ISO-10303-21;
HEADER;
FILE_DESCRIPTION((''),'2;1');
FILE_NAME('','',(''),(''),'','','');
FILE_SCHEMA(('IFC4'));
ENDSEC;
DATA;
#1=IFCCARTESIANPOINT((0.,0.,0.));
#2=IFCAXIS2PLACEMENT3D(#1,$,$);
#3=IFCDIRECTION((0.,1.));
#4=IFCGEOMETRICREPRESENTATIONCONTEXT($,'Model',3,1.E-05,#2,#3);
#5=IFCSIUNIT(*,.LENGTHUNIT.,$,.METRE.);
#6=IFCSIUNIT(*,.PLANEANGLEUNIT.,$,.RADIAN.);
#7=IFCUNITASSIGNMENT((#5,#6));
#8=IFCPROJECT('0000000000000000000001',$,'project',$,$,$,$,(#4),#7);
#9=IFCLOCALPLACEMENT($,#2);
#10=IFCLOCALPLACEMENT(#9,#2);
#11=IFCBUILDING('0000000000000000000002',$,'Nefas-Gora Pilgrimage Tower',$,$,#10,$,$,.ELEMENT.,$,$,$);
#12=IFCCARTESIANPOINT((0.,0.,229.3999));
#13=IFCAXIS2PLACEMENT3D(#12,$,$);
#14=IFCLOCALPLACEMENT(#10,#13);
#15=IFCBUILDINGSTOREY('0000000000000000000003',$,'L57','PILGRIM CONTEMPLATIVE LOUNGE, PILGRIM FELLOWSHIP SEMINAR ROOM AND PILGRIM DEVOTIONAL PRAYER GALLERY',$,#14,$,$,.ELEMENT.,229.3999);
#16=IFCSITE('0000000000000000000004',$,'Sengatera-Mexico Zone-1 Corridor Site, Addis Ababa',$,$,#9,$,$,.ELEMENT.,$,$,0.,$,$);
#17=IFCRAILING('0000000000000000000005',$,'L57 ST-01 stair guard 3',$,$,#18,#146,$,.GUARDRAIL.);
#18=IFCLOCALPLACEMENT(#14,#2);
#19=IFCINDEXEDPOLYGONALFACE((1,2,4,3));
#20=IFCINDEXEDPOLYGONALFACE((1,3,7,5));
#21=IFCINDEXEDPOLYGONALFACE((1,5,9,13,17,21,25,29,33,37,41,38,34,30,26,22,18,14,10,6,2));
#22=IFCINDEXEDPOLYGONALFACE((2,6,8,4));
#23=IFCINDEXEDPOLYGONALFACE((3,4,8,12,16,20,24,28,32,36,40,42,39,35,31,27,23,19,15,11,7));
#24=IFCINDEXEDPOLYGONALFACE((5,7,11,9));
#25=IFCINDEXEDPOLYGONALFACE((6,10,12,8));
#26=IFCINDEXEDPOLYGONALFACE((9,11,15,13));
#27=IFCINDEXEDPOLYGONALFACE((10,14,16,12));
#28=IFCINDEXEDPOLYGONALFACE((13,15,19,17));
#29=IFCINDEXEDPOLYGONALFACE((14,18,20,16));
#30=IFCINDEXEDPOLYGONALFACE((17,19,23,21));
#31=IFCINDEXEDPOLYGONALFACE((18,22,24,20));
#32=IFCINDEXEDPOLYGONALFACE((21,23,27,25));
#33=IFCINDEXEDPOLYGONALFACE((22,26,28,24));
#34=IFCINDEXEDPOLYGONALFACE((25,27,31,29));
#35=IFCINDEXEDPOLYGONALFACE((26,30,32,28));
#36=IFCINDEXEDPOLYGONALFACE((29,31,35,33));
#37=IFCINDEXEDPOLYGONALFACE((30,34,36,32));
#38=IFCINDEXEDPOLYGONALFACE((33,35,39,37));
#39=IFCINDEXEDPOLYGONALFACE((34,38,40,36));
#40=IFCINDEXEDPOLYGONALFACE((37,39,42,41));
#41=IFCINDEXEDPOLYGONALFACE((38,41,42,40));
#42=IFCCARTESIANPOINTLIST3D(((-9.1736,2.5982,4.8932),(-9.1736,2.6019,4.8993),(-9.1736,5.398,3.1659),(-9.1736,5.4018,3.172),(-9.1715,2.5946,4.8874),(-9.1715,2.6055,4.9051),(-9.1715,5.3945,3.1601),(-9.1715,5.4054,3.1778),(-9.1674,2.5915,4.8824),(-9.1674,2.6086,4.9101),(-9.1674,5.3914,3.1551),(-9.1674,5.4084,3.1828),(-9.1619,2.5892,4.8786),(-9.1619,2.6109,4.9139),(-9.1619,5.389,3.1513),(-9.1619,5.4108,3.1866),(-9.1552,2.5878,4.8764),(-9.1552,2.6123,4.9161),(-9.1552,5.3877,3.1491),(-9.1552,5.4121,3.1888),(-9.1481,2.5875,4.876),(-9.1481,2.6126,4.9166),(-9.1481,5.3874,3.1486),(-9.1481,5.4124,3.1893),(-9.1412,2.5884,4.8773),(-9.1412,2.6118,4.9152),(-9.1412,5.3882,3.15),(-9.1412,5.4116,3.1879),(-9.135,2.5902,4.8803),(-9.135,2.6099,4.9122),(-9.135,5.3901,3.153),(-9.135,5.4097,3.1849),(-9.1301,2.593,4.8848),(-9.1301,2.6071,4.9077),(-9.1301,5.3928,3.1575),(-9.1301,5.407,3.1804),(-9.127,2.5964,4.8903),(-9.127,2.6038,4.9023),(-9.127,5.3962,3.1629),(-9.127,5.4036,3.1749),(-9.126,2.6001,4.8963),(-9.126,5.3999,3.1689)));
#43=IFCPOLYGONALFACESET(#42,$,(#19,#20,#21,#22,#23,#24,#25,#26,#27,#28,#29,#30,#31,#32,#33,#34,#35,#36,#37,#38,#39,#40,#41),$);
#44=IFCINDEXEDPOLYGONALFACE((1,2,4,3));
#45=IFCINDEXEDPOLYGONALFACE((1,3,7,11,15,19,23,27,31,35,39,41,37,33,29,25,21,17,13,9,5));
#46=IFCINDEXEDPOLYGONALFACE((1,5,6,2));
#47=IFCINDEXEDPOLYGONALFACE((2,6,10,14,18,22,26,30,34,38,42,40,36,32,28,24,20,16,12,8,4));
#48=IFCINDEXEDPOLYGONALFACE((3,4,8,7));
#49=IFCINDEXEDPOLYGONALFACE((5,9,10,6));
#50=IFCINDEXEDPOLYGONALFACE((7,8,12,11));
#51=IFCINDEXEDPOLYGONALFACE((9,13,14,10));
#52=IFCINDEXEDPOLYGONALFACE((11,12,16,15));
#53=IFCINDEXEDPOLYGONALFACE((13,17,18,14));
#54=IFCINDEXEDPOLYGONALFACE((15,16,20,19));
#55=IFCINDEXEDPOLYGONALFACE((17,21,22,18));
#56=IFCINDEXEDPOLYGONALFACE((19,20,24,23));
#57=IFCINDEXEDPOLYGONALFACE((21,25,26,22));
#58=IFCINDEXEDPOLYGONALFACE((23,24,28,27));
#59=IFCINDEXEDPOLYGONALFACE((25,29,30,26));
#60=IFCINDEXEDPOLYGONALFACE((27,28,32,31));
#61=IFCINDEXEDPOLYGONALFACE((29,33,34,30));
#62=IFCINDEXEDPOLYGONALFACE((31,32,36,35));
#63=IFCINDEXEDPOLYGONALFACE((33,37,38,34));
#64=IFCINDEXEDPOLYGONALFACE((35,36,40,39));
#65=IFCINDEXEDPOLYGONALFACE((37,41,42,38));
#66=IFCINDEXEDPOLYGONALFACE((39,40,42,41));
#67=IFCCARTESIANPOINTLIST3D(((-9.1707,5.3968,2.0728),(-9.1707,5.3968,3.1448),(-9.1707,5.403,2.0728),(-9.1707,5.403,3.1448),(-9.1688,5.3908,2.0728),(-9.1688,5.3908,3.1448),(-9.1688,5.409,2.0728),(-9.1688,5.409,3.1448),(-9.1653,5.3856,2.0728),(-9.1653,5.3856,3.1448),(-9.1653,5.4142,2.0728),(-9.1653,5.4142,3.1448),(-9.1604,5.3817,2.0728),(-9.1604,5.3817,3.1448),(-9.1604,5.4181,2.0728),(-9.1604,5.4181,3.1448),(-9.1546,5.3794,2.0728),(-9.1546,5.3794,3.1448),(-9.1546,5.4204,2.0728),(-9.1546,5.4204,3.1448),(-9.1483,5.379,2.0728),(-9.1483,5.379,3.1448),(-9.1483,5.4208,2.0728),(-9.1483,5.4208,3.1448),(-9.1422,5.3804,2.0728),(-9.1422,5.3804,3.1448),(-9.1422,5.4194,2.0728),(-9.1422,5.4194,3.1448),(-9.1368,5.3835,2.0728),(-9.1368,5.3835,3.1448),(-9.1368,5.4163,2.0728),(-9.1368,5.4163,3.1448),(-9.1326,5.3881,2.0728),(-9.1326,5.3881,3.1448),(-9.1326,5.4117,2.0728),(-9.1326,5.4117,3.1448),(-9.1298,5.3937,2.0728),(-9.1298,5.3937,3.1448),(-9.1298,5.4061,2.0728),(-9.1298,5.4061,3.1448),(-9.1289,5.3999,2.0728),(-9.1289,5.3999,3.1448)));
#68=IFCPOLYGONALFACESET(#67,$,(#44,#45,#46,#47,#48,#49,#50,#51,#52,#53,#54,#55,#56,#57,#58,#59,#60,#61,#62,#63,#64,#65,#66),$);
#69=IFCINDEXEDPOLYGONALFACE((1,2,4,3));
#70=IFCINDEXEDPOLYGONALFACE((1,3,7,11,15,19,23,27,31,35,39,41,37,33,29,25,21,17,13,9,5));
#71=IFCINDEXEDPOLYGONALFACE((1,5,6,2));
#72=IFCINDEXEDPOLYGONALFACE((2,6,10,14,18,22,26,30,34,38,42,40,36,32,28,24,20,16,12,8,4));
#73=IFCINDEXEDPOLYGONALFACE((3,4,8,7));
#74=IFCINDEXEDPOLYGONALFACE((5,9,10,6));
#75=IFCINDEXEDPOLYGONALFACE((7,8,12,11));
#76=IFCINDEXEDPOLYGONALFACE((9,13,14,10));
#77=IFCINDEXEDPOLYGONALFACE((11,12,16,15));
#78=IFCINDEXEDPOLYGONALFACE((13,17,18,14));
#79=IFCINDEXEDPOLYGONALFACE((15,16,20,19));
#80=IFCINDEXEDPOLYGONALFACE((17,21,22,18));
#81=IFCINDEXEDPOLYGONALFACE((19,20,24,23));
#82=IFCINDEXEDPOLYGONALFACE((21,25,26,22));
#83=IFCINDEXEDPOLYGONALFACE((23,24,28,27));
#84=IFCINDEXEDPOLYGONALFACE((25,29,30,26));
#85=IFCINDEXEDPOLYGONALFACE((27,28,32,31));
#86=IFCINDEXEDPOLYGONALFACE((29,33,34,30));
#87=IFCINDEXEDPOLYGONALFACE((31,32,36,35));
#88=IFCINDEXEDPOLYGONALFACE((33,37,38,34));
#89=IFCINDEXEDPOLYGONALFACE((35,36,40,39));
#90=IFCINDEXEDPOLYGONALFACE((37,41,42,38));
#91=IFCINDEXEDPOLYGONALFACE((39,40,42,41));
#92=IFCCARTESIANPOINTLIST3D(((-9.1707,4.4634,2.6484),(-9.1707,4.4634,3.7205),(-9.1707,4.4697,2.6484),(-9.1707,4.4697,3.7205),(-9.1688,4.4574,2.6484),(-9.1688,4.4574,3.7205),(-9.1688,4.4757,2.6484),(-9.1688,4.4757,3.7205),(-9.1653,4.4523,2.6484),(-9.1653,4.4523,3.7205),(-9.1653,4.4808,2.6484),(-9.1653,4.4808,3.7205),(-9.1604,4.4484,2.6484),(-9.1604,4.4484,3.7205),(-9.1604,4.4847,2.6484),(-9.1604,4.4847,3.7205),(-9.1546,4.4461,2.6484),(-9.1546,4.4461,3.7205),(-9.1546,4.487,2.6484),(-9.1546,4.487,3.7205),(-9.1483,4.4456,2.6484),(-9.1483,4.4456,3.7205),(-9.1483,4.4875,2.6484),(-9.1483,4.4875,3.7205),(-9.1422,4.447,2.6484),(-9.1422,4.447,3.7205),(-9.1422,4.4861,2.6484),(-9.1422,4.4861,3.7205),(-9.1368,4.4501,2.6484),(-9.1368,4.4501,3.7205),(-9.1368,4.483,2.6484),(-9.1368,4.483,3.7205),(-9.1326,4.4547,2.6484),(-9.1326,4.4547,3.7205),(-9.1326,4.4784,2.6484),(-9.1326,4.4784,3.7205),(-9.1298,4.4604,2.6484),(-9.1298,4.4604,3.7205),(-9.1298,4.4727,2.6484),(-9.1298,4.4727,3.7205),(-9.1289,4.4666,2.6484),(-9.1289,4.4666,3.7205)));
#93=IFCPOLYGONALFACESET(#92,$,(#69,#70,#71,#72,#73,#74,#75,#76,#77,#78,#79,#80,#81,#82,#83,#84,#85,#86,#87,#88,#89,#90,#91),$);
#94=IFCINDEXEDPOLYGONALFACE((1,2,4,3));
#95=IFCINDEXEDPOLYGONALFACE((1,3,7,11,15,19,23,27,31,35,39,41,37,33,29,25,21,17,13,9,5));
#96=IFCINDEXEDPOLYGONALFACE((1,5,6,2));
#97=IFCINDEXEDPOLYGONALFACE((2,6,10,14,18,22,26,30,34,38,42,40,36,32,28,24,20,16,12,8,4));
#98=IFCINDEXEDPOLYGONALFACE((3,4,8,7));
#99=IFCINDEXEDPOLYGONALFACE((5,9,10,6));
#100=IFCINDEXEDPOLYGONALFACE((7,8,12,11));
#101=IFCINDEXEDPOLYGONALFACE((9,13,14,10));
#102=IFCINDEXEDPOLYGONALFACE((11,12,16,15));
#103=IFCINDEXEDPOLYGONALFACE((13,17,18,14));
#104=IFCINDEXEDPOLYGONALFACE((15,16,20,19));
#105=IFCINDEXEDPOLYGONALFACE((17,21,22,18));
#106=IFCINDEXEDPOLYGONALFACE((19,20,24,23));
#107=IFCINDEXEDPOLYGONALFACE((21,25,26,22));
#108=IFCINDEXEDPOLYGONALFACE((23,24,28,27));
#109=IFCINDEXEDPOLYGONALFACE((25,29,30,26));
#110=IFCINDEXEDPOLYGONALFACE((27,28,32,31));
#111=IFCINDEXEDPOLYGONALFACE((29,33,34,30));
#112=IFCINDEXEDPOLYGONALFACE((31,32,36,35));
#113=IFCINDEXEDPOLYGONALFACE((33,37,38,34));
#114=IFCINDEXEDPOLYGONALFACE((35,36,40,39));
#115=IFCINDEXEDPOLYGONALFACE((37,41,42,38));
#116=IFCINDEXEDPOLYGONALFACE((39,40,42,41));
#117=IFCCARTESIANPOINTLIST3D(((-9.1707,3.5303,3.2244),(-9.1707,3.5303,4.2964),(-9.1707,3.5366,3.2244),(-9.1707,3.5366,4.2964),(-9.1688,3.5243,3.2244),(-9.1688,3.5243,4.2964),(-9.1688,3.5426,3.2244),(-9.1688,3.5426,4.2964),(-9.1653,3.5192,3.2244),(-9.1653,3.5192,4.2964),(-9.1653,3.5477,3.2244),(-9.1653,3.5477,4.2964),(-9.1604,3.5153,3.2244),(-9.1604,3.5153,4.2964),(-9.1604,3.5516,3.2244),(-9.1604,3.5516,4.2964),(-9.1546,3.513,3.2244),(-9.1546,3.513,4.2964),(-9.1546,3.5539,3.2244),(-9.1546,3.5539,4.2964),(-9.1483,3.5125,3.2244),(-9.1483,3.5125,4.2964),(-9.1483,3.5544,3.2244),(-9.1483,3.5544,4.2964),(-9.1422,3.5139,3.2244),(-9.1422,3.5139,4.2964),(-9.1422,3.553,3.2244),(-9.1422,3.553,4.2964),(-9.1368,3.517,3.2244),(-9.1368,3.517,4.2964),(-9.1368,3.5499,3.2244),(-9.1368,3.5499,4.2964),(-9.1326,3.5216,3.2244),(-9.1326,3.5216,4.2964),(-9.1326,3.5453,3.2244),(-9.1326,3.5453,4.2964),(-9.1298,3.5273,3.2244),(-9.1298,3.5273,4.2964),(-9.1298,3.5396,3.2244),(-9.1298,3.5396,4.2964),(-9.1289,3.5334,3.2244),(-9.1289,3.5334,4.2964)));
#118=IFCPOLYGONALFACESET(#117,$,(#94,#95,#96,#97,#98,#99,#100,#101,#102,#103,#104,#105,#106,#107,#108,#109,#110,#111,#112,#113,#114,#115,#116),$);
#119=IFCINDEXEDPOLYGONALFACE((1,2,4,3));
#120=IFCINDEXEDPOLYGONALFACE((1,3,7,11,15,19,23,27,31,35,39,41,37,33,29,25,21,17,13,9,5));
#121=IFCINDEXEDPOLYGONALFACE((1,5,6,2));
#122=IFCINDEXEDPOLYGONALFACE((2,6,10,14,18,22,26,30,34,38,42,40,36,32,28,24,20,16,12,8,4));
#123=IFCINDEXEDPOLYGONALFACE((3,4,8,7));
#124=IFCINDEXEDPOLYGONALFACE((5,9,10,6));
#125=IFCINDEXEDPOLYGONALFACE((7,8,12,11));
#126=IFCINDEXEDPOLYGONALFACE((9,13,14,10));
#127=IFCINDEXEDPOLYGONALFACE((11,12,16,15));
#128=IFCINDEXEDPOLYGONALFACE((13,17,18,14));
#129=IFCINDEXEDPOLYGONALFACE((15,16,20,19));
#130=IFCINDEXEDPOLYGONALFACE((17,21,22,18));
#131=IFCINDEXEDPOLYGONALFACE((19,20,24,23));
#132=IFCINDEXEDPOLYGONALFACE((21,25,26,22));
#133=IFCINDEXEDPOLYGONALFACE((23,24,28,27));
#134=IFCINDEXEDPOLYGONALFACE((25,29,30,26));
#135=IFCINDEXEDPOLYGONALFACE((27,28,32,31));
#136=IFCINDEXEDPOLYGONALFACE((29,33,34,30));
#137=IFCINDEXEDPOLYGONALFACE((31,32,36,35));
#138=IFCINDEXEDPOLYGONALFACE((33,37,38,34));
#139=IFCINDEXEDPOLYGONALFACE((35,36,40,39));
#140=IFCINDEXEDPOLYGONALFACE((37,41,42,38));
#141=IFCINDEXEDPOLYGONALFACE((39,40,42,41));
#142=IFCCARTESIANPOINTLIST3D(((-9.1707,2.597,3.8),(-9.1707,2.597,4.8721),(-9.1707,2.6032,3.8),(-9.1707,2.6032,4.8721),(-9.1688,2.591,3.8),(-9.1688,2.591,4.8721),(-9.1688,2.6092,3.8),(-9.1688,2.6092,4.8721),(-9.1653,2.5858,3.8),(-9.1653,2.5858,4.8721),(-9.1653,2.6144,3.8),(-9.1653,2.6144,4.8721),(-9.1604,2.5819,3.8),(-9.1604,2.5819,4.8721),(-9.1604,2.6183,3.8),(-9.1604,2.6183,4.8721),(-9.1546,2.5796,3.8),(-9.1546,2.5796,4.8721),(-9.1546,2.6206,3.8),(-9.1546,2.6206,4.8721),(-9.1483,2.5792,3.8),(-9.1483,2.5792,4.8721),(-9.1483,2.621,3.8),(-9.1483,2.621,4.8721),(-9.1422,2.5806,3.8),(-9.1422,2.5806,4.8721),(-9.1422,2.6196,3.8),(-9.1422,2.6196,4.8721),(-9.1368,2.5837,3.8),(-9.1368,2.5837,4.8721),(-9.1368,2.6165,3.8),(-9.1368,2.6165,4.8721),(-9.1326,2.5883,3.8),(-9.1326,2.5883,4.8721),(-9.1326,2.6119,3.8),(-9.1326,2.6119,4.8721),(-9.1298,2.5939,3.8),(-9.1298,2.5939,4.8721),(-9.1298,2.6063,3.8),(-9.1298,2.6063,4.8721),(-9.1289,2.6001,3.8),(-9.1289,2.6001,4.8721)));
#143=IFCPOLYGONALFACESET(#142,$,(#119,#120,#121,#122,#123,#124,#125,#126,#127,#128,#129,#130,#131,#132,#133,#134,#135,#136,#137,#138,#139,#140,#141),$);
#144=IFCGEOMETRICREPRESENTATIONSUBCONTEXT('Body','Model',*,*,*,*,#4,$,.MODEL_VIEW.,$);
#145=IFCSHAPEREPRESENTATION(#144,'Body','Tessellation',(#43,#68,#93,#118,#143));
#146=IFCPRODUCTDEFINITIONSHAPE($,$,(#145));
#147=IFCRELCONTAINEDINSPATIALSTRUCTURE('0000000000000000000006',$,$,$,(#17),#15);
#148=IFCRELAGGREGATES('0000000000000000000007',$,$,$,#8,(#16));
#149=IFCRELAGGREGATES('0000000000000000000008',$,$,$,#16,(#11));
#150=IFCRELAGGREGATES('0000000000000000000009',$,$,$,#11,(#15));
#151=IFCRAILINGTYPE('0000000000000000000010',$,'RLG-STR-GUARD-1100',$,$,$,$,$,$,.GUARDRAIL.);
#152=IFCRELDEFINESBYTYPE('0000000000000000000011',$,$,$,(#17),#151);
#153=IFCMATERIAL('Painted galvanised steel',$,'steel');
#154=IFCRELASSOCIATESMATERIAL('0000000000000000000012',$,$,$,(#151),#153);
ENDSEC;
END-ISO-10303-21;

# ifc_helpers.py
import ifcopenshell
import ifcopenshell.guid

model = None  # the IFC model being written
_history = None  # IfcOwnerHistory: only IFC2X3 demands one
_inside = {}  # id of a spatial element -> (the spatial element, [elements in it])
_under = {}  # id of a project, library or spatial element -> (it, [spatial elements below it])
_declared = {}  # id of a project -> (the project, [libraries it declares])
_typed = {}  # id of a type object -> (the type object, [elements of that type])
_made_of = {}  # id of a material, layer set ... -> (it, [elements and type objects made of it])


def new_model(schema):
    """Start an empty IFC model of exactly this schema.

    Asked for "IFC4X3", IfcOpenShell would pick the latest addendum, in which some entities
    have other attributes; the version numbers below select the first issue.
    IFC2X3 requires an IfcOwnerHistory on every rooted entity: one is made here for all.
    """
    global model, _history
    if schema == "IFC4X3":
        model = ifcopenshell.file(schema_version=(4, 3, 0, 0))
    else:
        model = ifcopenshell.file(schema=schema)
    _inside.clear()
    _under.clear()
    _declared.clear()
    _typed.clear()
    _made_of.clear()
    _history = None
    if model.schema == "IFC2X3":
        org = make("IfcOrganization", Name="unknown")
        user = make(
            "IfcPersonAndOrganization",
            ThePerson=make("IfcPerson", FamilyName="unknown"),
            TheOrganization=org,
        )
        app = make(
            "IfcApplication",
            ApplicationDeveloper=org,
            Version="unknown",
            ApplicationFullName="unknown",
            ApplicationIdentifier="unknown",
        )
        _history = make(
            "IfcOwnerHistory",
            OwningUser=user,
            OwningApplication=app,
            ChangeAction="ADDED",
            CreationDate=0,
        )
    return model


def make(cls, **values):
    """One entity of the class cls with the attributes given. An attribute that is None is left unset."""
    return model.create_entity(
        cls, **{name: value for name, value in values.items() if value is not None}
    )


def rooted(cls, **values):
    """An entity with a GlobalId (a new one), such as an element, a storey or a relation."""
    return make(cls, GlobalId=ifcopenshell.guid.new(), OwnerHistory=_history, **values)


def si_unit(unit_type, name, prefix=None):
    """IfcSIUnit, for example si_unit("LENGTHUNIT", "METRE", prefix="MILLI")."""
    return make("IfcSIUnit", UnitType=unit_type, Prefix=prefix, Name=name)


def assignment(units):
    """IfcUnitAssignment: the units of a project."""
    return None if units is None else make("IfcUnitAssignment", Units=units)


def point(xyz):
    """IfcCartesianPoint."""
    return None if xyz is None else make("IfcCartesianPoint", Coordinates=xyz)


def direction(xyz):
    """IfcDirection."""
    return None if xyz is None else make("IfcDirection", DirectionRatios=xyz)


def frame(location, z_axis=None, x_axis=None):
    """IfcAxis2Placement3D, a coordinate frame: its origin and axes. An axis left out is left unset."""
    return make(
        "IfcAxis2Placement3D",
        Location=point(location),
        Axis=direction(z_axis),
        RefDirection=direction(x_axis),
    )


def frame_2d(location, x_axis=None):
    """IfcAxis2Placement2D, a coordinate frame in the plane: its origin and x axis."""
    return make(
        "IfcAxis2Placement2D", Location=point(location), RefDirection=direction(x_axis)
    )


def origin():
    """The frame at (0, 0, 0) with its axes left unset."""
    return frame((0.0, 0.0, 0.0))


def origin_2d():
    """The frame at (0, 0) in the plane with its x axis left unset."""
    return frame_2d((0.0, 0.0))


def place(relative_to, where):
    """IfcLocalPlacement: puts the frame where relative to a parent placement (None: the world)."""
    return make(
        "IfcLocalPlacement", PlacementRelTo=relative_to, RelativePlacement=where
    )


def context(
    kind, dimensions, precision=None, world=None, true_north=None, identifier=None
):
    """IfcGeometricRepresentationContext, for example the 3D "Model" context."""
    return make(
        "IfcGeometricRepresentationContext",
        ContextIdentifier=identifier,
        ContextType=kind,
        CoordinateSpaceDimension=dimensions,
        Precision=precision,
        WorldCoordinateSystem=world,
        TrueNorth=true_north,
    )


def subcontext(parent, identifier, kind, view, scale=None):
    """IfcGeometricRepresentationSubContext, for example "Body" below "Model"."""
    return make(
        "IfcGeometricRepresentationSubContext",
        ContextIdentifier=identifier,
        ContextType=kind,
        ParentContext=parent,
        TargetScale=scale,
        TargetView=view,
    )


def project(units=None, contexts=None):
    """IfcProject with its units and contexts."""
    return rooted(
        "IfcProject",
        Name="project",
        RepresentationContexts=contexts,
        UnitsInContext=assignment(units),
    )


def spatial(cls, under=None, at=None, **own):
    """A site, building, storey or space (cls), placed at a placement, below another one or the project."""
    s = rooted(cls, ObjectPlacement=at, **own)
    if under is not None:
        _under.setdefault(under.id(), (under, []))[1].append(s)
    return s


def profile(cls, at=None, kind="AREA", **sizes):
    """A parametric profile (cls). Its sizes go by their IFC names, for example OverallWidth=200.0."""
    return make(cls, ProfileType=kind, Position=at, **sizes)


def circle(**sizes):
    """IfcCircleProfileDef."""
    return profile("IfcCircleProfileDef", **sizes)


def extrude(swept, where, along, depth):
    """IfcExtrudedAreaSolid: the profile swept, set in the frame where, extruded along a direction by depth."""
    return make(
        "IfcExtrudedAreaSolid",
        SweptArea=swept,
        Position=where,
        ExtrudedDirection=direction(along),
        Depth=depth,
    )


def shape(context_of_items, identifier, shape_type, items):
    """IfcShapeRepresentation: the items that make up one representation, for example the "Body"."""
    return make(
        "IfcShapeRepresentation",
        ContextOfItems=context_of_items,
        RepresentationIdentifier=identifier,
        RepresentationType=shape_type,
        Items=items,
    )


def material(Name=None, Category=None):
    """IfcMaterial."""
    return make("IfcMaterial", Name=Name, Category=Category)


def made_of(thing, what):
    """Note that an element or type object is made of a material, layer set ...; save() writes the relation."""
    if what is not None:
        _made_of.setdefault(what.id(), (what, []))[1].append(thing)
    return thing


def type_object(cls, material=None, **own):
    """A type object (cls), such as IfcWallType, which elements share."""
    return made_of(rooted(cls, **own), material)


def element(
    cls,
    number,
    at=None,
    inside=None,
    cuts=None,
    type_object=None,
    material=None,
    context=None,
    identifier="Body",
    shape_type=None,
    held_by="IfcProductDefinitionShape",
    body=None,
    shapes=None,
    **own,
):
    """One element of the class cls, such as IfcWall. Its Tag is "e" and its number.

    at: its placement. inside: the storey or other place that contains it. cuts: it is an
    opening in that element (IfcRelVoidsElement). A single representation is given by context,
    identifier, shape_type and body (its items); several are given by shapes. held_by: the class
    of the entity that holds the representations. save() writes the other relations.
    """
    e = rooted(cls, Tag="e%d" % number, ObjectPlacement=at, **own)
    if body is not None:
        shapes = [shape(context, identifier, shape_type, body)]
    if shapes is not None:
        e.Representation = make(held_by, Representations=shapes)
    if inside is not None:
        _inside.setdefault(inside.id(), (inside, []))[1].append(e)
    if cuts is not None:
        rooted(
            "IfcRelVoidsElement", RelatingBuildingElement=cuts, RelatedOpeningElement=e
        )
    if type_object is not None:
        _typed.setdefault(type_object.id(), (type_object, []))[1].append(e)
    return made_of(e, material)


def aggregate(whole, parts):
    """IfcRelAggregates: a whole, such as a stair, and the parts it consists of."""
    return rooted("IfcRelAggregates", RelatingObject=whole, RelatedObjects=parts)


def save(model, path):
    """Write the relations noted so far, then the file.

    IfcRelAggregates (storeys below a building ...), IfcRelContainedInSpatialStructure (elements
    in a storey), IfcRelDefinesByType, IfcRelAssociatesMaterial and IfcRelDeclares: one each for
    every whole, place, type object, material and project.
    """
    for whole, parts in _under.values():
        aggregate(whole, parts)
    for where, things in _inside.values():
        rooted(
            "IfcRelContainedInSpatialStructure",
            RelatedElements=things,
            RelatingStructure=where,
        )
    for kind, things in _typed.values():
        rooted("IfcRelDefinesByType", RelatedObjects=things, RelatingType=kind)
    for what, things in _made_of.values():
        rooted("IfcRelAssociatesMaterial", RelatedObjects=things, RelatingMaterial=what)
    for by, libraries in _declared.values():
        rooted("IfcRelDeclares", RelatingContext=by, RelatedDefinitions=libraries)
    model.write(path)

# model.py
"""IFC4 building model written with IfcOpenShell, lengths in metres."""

from ifc_helpers import new_model, si_unit, direction, frame, origin, origin_2d, place, context, subcontext, project, spatial, circle, extrude, material, type_object, element, save


model = new_model("IFC4")

# Units and contexts
model_context = context("Model", 3, precision=1e-05, world=origin(), true_north=direction((0.0, 1.0)))
body_context = subcontext(model_context, "Body", "Model", "MODEL_VIEW")
ifc_project = project(units=[si_unit("LENGTHUNIT", "METRE"), si_unit("PLANEANGLEUNIT", "RADIAN")], contexts=[model_context])

# Site, building, storey
site_placement = place(None, origin())
site = spatial("IfcSite", under=ifc_project, at=site_placement, Name="Sengatera-Mexico Zone-1 Corridor Site, Addis Ababa", CompositionType="ELEMENT", RefElevation=0.0)
building_placement = place(site_placement, origin())
building = spatial("IfcBuilding", under=site, at=building_placement, Name="Nefas-Gora Pilgrimage Tower", CompositionType="ELEMENT")
storey_placement = place(building_placement, frame((0.0, 0.0, 229.3999)))
storey = spatial("IfcBuildingStorey", under=building, at=storey_placement, Name="L57", Description="PILGRIM CONTEMPLATIVE LOUNGE, PILGRIM FELLOWSHIP SEMINAR ROOM AND PILGRIM DEVOTIONAL PRAYER GALLERY", CompositionType="ELEMENT", Elevation=229.3999)

# Railing
ifc_material_1 = material(Name="Painted galvanised steel", Category="steel")
railing_type_1 = type_object("IfcRailingType", Name="RLG-STR-GUARD-1100", PredefinedType="GUARDRAIL", material=ifc_material_1)
railing_1_placement = place(storey_placement, frame((-9.1499, 5.3999, 2.0728)))
element("IfcRailing", 1, at=railing_1_placement, inside=storey, type_object=railing_type_1, Name="L57 ST-01 stair guard 3", PredefinedType="GUARDRAIL", context=body_context, shape_type="SweptSolid", body=[
    extrude(circle(Radius=0.0239, at=origin_2d()), frame((0.0, 0.0, 1.0962), z_axis=(0.0, -0.851069, 0.525054), x_axis=(1.0, 0.0, 0.0)), (0.0, 0.0, 1.0), 3.2898),
    extrude(circle(Radius=0.021, at=origin_2d()), origin(), (0.0, 0.0, 1.0), 1.072),
    extrude(circle(Radius=0.021, at=origin_2d()), frame((0.0, -0.9333, 0.5757)), (0.0, 0.0, 1.0), 1.072),
    extrude(circle(Radius=0.021, at=origin_2d()), frame((0.0, -1.8665, 1.1516)), (0.0, 0.0, 1.0), 1.072),
    extrude(circle(Radius=0.021, at=origin_2d()), frame((0.0, -2.7998, 1.7273)), (0.0, 0.0, 1.0), 1.072),
])

save(model, "model.ifc")
